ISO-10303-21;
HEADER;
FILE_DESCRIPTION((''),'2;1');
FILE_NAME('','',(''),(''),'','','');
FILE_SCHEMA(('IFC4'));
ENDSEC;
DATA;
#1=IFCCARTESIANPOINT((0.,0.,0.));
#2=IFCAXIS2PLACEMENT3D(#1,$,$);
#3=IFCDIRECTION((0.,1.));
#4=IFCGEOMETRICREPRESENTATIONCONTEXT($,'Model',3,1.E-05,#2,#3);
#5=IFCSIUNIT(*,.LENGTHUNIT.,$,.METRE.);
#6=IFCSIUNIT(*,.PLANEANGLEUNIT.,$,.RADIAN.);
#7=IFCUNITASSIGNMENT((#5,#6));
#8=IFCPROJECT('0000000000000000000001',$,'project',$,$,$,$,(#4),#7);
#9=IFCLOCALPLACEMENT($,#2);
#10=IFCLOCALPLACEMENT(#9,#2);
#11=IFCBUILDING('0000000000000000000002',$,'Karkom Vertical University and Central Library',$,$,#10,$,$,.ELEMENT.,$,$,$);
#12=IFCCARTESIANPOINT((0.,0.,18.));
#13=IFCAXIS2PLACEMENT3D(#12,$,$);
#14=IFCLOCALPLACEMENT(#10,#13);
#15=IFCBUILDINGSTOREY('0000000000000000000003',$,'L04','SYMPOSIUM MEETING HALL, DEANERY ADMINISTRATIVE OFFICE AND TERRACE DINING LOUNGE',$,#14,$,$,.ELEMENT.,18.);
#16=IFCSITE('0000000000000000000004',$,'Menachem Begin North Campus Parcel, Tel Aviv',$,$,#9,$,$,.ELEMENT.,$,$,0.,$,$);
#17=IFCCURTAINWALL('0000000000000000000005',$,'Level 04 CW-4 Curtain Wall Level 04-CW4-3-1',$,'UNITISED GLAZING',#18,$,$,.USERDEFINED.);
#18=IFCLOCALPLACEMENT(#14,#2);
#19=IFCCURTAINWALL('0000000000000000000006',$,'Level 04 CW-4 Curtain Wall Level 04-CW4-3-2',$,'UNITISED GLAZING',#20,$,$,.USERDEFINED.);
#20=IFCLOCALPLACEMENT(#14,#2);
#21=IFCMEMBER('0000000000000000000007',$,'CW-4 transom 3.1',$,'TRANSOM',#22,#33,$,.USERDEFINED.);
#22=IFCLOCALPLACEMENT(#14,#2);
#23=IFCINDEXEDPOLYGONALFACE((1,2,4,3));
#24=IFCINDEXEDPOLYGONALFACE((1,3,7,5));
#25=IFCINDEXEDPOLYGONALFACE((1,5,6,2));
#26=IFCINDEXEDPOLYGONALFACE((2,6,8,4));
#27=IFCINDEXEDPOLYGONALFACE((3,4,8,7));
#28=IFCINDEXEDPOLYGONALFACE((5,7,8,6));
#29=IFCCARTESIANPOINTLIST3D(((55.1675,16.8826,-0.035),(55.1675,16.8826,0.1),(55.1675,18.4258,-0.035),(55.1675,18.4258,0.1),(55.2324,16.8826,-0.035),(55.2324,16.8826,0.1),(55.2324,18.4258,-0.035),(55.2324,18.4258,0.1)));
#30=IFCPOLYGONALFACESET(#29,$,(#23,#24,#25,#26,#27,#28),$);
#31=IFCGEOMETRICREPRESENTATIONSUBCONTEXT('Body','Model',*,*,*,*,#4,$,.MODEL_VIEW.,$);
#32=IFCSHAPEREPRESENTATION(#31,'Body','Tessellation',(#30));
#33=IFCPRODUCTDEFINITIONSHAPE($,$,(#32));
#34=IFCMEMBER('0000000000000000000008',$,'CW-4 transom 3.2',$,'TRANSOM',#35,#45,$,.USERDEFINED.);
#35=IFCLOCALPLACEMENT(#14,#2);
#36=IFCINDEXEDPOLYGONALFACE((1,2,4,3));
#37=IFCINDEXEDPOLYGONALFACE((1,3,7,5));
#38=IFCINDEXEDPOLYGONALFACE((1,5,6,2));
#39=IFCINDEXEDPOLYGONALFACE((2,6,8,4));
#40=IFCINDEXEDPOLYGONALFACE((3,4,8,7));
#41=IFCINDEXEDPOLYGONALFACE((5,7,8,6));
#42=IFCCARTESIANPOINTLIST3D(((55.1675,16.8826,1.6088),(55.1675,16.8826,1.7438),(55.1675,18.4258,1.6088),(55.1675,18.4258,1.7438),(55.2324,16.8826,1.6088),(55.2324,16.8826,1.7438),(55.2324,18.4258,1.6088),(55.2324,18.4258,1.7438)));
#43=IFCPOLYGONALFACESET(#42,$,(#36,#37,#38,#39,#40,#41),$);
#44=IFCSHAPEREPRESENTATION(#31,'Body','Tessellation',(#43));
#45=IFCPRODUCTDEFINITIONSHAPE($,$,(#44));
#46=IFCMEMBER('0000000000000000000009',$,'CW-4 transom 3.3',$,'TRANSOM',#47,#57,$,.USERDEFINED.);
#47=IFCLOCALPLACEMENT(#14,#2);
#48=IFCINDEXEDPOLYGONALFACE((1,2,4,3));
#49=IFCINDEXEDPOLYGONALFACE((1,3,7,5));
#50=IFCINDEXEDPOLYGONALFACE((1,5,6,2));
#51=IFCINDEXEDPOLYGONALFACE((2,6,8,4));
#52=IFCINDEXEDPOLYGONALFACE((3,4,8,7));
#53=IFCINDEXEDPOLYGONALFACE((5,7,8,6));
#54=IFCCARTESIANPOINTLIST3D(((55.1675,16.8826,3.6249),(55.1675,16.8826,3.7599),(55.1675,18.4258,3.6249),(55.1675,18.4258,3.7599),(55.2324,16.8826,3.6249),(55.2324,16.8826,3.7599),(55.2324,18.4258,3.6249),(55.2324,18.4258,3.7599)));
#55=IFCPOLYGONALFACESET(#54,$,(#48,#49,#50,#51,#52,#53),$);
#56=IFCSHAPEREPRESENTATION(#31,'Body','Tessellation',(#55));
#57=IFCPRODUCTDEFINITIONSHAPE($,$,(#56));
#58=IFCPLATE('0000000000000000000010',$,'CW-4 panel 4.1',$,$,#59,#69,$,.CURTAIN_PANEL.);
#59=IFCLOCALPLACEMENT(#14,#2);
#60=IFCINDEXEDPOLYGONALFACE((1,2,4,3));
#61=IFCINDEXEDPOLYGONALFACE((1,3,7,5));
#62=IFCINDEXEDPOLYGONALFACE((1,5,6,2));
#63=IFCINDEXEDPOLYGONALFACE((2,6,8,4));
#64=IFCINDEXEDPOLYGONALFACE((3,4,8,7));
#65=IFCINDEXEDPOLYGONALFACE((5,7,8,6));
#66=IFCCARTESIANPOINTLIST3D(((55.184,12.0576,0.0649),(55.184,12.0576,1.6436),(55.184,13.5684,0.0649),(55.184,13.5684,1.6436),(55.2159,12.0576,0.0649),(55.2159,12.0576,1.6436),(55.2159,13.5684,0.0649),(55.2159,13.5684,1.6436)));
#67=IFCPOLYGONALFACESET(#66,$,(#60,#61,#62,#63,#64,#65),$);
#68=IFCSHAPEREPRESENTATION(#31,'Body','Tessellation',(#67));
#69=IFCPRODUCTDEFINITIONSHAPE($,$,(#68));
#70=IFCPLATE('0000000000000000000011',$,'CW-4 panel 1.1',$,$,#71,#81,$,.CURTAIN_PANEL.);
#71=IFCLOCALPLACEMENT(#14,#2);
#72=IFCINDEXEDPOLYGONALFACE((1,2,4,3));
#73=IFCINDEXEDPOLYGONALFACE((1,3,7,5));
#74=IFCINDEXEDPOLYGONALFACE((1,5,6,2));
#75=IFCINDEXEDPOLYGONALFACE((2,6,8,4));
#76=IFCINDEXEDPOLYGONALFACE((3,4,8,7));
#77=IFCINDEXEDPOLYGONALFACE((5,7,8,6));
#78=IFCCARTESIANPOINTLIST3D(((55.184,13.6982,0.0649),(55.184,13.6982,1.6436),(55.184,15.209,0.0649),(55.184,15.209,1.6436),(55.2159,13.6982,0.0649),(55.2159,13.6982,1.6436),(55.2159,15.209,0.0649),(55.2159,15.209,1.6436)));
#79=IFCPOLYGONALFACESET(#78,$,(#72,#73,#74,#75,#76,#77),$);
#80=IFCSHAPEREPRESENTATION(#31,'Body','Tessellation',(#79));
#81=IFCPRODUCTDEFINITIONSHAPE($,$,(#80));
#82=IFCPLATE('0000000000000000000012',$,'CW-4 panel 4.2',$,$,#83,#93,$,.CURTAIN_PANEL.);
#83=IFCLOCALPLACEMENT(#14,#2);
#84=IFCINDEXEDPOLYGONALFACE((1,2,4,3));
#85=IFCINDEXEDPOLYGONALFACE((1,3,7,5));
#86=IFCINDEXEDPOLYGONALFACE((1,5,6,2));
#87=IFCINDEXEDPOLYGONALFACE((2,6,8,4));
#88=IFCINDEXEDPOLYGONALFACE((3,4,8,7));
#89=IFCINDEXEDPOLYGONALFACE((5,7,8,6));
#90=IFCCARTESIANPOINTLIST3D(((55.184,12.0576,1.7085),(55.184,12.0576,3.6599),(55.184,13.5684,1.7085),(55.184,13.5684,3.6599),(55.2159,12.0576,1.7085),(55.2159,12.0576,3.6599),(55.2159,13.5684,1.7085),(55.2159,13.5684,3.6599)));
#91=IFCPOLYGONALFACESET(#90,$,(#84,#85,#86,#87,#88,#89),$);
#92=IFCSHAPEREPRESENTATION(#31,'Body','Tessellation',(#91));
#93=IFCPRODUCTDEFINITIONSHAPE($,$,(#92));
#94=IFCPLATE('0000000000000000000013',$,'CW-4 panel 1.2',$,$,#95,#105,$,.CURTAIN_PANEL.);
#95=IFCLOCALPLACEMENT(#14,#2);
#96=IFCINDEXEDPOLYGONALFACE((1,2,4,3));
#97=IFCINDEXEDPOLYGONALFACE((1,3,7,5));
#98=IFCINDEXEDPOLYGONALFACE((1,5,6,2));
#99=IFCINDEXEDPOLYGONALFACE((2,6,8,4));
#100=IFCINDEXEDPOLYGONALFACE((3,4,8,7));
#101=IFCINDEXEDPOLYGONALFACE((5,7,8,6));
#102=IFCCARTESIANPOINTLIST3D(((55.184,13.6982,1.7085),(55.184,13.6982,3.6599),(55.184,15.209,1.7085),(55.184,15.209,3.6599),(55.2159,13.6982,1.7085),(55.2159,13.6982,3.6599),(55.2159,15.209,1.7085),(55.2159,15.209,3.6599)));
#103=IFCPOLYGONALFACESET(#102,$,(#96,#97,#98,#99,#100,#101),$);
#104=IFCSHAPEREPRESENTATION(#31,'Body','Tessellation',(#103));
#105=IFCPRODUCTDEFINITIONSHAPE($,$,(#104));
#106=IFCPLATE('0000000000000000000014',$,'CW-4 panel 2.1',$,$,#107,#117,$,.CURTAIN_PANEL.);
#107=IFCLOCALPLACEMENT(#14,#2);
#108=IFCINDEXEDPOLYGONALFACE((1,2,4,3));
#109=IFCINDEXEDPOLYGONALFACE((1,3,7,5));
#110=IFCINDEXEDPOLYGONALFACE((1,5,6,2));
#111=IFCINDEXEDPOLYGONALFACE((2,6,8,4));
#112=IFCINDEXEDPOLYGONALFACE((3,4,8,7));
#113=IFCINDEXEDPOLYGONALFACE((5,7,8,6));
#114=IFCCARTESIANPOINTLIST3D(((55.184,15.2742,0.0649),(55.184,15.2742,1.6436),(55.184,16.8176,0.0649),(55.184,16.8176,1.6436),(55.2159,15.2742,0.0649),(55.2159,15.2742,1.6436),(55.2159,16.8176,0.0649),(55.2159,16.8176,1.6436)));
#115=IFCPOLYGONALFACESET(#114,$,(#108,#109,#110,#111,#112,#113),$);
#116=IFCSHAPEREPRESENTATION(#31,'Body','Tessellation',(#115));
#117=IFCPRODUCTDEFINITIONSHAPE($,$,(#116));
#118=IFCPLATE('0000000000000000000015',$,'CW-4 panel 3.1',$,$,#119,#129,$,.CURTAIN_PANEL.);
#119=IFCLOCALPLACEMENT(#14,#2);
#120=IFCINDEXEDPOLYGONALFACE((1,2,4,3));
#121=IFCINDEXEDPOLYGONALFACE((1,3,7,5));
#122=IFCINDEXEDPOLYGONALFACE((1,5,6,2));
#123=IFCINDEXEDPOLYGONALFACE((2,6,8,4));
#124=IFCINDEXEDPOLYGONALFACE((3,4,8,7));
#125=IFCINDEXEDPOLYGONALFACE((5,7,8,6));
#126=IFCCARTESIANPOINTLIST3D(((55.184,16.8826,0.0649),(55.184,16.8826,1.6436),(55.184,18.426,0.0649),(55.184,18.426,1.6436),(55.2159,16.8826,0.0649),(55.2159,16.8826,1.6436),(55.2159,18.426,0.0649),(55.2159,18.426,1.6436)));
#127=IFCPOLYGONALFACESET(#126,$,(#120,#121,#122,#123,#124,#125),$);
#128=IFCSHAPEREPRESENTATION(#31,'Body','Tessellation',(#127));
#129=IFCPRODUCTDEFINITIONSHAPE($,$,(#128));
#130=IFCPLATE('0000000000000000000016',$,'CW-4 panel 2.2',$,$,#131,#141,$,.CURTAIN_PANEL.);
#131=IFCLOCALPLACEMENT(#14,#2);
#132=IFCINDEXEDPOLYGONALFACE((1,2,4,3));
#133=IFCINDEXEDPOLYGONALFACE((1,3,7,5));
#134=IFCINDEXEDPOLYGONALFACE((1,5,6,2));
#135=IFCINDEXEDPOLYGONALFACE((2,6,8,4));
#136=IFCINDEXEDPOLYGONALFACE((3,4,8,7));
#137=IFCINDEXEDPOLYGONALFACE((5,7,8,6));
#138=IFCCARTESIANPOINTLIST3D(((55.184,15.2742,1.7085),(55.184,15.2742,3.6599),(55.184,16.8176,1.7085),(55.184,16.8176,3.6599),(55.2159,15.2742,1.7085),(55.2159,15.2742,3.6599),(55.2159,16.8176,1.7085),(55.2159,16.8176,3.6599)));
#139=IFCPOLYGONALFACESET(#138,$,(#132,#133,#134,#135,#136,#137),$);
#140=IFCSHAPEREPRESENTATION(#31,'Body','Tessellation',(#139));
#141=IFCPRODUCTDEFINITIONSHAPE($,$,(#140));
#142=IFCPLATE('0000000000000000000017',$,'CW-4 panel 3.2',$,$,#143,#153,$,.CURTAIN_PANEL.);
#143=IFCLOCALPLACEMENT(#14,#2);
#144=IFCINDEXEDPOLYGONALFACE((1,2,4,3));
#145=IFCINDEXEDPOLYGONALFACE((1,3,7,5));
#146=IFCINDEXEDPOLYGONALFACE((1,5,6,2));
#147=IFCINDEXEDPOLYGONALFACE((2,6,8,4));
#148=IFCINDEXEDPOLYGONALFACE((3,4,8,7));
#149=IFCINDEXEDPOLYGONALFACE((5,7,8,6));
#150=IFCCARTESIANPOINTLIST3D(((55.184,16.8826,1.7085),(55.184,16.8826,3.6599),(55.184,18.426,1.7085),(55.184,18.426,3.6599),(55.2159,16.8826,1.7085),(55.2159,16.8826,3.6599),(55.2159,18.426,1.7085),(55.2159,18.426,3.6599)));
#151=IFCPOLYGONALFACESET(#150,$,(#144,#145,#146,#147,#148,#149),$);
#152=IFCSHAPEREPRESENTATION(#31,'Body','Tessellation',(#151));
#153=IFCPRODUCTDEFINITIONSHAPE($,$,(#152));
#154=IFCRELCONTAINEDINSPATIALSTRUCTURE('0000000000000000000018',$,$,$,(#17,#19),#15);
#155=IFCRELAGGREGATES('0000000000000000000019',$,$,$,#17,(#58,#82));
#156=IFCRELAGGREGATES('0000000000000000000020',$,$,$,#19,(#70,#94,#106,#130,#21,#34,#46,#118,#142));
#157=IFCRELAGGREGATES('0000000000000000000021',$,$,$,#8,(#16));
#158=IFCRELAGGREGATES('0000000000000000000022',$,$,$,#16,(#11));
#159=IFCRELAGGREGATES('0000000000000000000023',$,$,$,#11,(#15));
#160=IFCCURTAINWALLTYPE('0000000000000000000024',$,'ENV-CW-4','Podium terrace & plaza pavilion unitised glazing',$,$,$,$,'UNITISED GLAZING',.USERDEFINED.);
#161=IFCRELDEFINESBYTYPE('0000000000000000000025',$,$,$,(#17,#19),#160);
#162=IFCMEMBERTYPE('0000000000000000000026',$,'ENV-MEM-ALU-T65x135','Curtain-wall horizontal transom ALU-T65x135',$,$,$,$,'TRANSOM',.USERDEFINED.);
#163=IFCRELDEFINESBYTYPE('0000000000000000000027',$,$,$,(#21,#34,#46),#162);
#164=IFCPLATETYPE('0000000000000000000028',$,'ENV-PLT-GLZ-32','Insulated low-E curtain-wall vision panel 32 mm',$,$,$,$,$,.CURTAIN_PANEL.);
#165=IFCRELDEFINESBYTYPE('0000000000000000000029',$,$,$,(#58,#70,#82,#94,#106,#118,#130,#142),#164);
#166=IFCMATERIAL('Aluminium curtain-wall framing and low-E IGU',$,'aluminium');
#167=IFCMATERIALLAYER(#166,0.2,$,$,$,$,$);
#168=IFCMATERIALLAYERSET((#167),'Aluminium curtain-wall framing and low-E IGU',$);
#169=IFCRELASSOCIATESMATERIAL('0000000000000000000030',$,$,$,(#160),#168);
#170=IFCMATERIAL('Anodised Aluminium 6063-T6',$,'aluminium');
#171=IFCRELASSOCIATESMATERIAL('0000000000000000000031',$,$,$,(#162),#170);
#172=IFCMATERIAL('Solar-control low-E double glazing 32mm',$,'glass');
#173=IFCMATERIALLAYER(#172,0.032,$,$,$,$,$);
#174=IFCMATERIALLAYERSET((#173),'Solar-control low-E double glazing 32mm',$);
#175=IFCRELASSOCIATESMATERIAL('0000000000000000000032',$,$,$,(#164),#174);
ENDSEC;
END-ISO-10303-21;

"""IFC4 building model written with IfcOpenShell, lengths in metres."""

from ifc_helpers import new_model, si_unit, direction, frame, origin, origin_with_axes, origin_2d, place, context, subcontext, project, spatial, rectangle, extrude, source, transform, mapped, material, layer, layer_set, material_profile, profile_set, type_object, element, aggregate, save


model = new_model("IFC4")

# Units and contexts
model_context = context("Model", 3, precision=1e-05, world=origin(), true_north=direction((0.0, 1.0)))
body_context = subcontext(model_context, "Body", "Model", "MODEL_VIEW")
ifc_project = project(units=[si_unit("LENGTHUNIT", "METRE"), si_unit("PLANEANGLEUNIT", "RADIAN")], contexts=[model_context])

# Site, building, storey
site_placement = place(None, origin())
site = spatial("IfcSite", under=ifc_project, at=site_placement, Name="Menachem Begin North Campus Parcel, Tel Aviv", CompositionType="ELEMENT", RefElevation=0.0)
building_placement = place(site_placement, origin())
building = spatial("IfcBuilding", under=site, at=building_placement, Name="Karkom Vertical University and Central Library", CompositionType="ELEMENT")
storey_placement = place(building_placement, frame((0.0, 0.0, 18.0)))
storey = spatial("IfcBuildingStorey", under=building, at=storey_placement, Name="L04", Description="SYMPOSIUM MEETING HALL, DEANERY ADMINISTRATIVE OFFICE AND TERRACE DINING LOUNGE", CompositionType="ELEMENT", Elevation=18.0)

# Curtain wall
ifc_material_1 = material(Name="Aluminium curtain-wall framing and low-E IGU", Category="aluminium")
ifc_layer_1 = layer(ifc_material_1, 0.2)
ifc_layer_set_1 = layer_set([ifc_layer_1], Name="Aluminium curtain-wall framing and low-E IGU")
curtain_wall_type = type_object("IfcCurtainWallType", Name="ENV-CW-4", Description="Podium terrace & plaza pavilion unitised glazing", ElementType="UNITISED GLAZING", PredefinedType="USERDEFINED", material=ifc_layer_set_1)
curtain_wall_1_placement = place(storey_placement, origin())
curtain_wall_1 = element("IfcCurtainWall", 1, at=curtain_wall_1_placement, inside=storey, type_object=curtain_wall_type, Name="Level 04 CW-4 Curtain Wall Level 04-CW4-3-1", ObjectType="UNITISED GLAZING", PredefinedType="USERDEFINED")
ifc_material_2 = material(Name="Anodised Aluminium 6063-T6", Category="aluminium")

# Curtain wall
curtain_wall_2_placement = place(storey_placement, origin())
curtain_wall_2 = element("IfcCurtainWall", 2, at=curtain_wall_2_placement, inside=storey, type_object=curtain_wall_type, Name="Level 04 CW-4 Curtain Wall Level 04-CW4-3-2", ObjectType="UNITISED GLAZING", PredefinedType="USERDEFINED")

# Members
ifc_material_profile_1 = material_profile(ifc_material_2, rectangle(XDim=0.0649, YDim=0.135, at=origin_2d()), Name="ALU-T65x135")
ifc_profile_set_1 = profile_set([ifc_material_profile_1], Name="Anodised Aluminium 6063-T6")
member_type_1 = type_object("IfcMemberType", Name="ENV-MEM-ALU-T65x135", Description="Curtain-wall horizontal transom ALU-T65x135", ElementType="TRANSOM", PredefinedType="USERDEFINED", material=ifc_profile_set_1)
shared_shape_1 = source(origin_with_axes(), body_context, "Body", "SweptSolid", [
    extrude(rectangle(XDim=0.0649, YDim=0.135, at=origin_2d()), origin(), (0.0, 0.0, 1.0), 1.5432),
])
member_1_placement = place(storey_placement, frame((55.2, 16.8826, 0.0325), z_axis=(0.0, 1.0, 0.0), x_axis=(-1.0, 0.0, 0.0)))
member_1 = element("IfcMember", 3, at=member_1_placement, type_object=member_type_1, Name="CW-4 transom 3.1", ObjectType="TRANSOM", PredefinedType="USERDEFINED", context=body_context, shape_type="MappedRepresentation", body=[
    mapped(shared_shape_1, transform((0.0, 0.0, 0.0), scale=1.0)),
])
member_2_placement = place(storey_placement, frame((55.2, 16.8826, 1.6763), z_axis=(0.0, 1.0, 0.0), x_axis=(-1.0, 0.0, 0.0)))
member_2 = element("IfcMember", 4, at=member_2_placement, type_object=member_type_1, Name="CW-4 transom 3.2", ObjectType="TRANSOM", PredefinedType="USERDEFINED", context=body_context, shape_type="MappedRepresentation", body=[
    mapped(shared_shape_1, transform((0.0, 0.0, 0.0), scale=1.0)),
])
member_3_placement = place(storey_placement, frame((55.2, 16.8826, 3.6924), z_axis=(0.0, 1.0, 0.0), x_axis=(-1.0, 0.0, 0.0)))
member_3 = element("IfcMember", 5, at=member_3_placement, type_object=member_type_1, Name="CW-4 transom 3.3", ObjectType="TRANSOM", PredefinedType="USERDEFINED", context=body_context, shape_type="MappedRepresentation", body=[
    mapped(shared_shape_1, transform((0.0, 0.0, 0.0), scale=1.0)),
])

# Plates
ifc_material_3 = material(Name="Solar-control low-E double glazing 32mm", Category="glass")
ifc_layer_2 = layer(ifc_material_3, 0.032)
ifc_layer_set_2 = layer_set([ifc_layer_2], Name="Solar-control low-E double glazing 32mm")
plate_type = type_object("IfcPlateType", Name="ENV-PLT-GLZ-32", Description="Insulated low-E curtain-wall vision panel 32 mm", PredefinedType="CURTAIN_PANEL", material=ifc_layer_set_2)
shared_shape_2 = source(origin_with_axes(), body_context, "Body", "SweptSolid", [
    extrude(rectangle(XDim=1.5107, YDim=0.032, at=origin_2d()), origin(), (0.0, 0.0, 1.0), 1.5786),
])
plate_1_placement = place(storey_placement, frame((55.2, 12.813, 0.0649), z_axis=(0.0, 0.0, 1.0), x_axis=(0.0, 1.0, 0.0)))
plate_1 = element("IfcPlate", 6, at=plate_1_placement, type_object=plate_type, Name="CW-4 panel 4.1", PredefinedType="CURTAIN_PANEL", context=body_context, shape_type="MappedRepresentation", body=[
    mapped(shared_shape_2, transform((0.0, 0.0, 0.0), scale=1.0)),
])
plate_2_placement = place(storey_placement, frame((55.2, 14.4536, 0.0649), z_axis=(0.0, 0.0, 1.0), x_axis=(0.0, 1.0, 0.0)))
plate_2 = element("IfcPlate", 7, at=plate_2_placement, type_object=plate_type, Name="CW-4 panel 1.1", PredefinedType="CURTAIN_PANEL", context=body_context, shape_type="MappedRepresentation", body=[
    mapped(shared_shape_2, transform((0.0, 0.0, 0.0), scale=1.0)),
])
shared_shape_3 = source(origin_with_axes(), body_context, "Body", "SweptSolid", [
    extrude(rectangle(XDim=1.5107, YDim=0.032, at=origin_2d()), origin(), (0.0, 0.0, 1.0), 1.9514),
])
plate_3_placement = place(storey_placement, frame((55.2, 12.813, 1.7085), z_axis=(0.0, 0.0, 1.0), x_axis=(0.0, 1.0, 0.0)))
plate_3 = element("IfcPlate", 8, at=plate_3_placement, type_object=plate_type, Name="CW-4 panel 4.2", PredefinedType="CURTAIN_PANEL", context=body_context, shape_type="MappedRepresentation", body=[
    mapped(shared_shape_3, transform((0.0, 0.0, 0.0), scale=1.0)),
])
aggregate(curtain_wall_1, [plate_1, plate_3])
plate_4_placement = place(storey_placement, frame((55.2, 14.4536, 1.7085), z_axis=(0.0, 0.0, 1.0), x_axis=(0.0, 1.0, 0.0)))
plate_4 = element("IfcPlate", 9, at=plate_4_placement, type_object=plate_type, Name="CW-4 panel 1.2", PredefinedType="CURTAIN_PANEL", context=body_context, shape_type="MappedRepresentation", body=[
    mapped(shared_shape_3, transform((0.0, 0.0, 0.0), scale=1.0)),
])
shared_shape_4 = source(origin_with_axes(), body_context, "Body", "SweptSolid", [
    extrude(rectangle(XDim=1.5435, YDim=0.032, at=origin_2d()), origin(), (0.0, 0.0, 1.0), 1.5786),
])
plate_5_placement = place(storey_placement, frame((55.2, 16.0459, 0.0649), z_axis=(0.0, 0.0, 1.0), x_axis=(0.0, 1.0, 0.0)))
plate_5 = element("IfcPlate", 10, at=plate_5_placement, type_object=plate_type, Name="CW-4 panel 2.1", PredefinedType="CURTAIN_PANEL", context=body_context, shape_type="MappedRepresentation", body=[
    mapped(shared_shape_4, transform((0.0, 0.0, 0.0), scale=1.0)),
])
plate_6_placement = place(storey_placement, frame((55.2, 17.6543, 0.0649), z_axis=(0.0, 0.0, 1.0), x_axis=(0.0, 1.0, 0.0)))
plate_6 = element("IfcPlate", 11, at=plate_6_placement, type_object=plate_type, Name="CW-4 panel 3.1", PredefinedType="CURTAIN_PANEL", context=body_context, shape_type="MappedRepresentation", body=[
    mapped(shared_shape_4, transform((0.0, 0.0, 0.0), scale=1.0)),
])
shared_shape_5 = source(origin_with_axes(), body_context, "Body", "SweptSolid", [
    extrude(rectangle(XDim=1.5435, YDim=0.032, at=origin_2d()), origin(), (0.0, 0.0, 1.0), 1.9514),
])
plate_7_placement = place(storey_placement, frame((55.2, 16.0459, 1.7085), z_axis=(0.0, 0.0, 1.0), x_axis=(0.0, 1.0, 0.0)))
plate_7 = element("IfcPlate", 12, at=plate_7_placement, type_object=plate_type, Name="CW-4 panel 2.2", PredefinedType="CURTAIN_PANEL", context=body_context, shape_type="MappedRepresentation", body=[
    mapped(shared_shape_5, transform((0.0, 0.0, 0.0), scale=1.0)),
])
plate_8_placement = place(storey_placement, frame((55.2, 17.6543, 1.7085), z_axis=(0.0, 0.0, 1.0), x_axis=(0.0, 1.0, 0.0)))
plate_8 = element("IfcPlate", 13, at=plate_8_placement, type_object=plate_type, Name="CW-4 panel 3.2", PredefinedType="CURTAIN_PANEL", context=body_context, shape_type="MappedRepresentation", body=[
    mapped(shared_shape_5, transform((0.0, 0.0, 0.0), scale=1.0)),
])
aggregate(curtain_wall_2, [plate_2, plate_4, plate_5, plate_7, member_1, member_2, member_3, plate_6, plate_8])

save(model, "model.ifc")
